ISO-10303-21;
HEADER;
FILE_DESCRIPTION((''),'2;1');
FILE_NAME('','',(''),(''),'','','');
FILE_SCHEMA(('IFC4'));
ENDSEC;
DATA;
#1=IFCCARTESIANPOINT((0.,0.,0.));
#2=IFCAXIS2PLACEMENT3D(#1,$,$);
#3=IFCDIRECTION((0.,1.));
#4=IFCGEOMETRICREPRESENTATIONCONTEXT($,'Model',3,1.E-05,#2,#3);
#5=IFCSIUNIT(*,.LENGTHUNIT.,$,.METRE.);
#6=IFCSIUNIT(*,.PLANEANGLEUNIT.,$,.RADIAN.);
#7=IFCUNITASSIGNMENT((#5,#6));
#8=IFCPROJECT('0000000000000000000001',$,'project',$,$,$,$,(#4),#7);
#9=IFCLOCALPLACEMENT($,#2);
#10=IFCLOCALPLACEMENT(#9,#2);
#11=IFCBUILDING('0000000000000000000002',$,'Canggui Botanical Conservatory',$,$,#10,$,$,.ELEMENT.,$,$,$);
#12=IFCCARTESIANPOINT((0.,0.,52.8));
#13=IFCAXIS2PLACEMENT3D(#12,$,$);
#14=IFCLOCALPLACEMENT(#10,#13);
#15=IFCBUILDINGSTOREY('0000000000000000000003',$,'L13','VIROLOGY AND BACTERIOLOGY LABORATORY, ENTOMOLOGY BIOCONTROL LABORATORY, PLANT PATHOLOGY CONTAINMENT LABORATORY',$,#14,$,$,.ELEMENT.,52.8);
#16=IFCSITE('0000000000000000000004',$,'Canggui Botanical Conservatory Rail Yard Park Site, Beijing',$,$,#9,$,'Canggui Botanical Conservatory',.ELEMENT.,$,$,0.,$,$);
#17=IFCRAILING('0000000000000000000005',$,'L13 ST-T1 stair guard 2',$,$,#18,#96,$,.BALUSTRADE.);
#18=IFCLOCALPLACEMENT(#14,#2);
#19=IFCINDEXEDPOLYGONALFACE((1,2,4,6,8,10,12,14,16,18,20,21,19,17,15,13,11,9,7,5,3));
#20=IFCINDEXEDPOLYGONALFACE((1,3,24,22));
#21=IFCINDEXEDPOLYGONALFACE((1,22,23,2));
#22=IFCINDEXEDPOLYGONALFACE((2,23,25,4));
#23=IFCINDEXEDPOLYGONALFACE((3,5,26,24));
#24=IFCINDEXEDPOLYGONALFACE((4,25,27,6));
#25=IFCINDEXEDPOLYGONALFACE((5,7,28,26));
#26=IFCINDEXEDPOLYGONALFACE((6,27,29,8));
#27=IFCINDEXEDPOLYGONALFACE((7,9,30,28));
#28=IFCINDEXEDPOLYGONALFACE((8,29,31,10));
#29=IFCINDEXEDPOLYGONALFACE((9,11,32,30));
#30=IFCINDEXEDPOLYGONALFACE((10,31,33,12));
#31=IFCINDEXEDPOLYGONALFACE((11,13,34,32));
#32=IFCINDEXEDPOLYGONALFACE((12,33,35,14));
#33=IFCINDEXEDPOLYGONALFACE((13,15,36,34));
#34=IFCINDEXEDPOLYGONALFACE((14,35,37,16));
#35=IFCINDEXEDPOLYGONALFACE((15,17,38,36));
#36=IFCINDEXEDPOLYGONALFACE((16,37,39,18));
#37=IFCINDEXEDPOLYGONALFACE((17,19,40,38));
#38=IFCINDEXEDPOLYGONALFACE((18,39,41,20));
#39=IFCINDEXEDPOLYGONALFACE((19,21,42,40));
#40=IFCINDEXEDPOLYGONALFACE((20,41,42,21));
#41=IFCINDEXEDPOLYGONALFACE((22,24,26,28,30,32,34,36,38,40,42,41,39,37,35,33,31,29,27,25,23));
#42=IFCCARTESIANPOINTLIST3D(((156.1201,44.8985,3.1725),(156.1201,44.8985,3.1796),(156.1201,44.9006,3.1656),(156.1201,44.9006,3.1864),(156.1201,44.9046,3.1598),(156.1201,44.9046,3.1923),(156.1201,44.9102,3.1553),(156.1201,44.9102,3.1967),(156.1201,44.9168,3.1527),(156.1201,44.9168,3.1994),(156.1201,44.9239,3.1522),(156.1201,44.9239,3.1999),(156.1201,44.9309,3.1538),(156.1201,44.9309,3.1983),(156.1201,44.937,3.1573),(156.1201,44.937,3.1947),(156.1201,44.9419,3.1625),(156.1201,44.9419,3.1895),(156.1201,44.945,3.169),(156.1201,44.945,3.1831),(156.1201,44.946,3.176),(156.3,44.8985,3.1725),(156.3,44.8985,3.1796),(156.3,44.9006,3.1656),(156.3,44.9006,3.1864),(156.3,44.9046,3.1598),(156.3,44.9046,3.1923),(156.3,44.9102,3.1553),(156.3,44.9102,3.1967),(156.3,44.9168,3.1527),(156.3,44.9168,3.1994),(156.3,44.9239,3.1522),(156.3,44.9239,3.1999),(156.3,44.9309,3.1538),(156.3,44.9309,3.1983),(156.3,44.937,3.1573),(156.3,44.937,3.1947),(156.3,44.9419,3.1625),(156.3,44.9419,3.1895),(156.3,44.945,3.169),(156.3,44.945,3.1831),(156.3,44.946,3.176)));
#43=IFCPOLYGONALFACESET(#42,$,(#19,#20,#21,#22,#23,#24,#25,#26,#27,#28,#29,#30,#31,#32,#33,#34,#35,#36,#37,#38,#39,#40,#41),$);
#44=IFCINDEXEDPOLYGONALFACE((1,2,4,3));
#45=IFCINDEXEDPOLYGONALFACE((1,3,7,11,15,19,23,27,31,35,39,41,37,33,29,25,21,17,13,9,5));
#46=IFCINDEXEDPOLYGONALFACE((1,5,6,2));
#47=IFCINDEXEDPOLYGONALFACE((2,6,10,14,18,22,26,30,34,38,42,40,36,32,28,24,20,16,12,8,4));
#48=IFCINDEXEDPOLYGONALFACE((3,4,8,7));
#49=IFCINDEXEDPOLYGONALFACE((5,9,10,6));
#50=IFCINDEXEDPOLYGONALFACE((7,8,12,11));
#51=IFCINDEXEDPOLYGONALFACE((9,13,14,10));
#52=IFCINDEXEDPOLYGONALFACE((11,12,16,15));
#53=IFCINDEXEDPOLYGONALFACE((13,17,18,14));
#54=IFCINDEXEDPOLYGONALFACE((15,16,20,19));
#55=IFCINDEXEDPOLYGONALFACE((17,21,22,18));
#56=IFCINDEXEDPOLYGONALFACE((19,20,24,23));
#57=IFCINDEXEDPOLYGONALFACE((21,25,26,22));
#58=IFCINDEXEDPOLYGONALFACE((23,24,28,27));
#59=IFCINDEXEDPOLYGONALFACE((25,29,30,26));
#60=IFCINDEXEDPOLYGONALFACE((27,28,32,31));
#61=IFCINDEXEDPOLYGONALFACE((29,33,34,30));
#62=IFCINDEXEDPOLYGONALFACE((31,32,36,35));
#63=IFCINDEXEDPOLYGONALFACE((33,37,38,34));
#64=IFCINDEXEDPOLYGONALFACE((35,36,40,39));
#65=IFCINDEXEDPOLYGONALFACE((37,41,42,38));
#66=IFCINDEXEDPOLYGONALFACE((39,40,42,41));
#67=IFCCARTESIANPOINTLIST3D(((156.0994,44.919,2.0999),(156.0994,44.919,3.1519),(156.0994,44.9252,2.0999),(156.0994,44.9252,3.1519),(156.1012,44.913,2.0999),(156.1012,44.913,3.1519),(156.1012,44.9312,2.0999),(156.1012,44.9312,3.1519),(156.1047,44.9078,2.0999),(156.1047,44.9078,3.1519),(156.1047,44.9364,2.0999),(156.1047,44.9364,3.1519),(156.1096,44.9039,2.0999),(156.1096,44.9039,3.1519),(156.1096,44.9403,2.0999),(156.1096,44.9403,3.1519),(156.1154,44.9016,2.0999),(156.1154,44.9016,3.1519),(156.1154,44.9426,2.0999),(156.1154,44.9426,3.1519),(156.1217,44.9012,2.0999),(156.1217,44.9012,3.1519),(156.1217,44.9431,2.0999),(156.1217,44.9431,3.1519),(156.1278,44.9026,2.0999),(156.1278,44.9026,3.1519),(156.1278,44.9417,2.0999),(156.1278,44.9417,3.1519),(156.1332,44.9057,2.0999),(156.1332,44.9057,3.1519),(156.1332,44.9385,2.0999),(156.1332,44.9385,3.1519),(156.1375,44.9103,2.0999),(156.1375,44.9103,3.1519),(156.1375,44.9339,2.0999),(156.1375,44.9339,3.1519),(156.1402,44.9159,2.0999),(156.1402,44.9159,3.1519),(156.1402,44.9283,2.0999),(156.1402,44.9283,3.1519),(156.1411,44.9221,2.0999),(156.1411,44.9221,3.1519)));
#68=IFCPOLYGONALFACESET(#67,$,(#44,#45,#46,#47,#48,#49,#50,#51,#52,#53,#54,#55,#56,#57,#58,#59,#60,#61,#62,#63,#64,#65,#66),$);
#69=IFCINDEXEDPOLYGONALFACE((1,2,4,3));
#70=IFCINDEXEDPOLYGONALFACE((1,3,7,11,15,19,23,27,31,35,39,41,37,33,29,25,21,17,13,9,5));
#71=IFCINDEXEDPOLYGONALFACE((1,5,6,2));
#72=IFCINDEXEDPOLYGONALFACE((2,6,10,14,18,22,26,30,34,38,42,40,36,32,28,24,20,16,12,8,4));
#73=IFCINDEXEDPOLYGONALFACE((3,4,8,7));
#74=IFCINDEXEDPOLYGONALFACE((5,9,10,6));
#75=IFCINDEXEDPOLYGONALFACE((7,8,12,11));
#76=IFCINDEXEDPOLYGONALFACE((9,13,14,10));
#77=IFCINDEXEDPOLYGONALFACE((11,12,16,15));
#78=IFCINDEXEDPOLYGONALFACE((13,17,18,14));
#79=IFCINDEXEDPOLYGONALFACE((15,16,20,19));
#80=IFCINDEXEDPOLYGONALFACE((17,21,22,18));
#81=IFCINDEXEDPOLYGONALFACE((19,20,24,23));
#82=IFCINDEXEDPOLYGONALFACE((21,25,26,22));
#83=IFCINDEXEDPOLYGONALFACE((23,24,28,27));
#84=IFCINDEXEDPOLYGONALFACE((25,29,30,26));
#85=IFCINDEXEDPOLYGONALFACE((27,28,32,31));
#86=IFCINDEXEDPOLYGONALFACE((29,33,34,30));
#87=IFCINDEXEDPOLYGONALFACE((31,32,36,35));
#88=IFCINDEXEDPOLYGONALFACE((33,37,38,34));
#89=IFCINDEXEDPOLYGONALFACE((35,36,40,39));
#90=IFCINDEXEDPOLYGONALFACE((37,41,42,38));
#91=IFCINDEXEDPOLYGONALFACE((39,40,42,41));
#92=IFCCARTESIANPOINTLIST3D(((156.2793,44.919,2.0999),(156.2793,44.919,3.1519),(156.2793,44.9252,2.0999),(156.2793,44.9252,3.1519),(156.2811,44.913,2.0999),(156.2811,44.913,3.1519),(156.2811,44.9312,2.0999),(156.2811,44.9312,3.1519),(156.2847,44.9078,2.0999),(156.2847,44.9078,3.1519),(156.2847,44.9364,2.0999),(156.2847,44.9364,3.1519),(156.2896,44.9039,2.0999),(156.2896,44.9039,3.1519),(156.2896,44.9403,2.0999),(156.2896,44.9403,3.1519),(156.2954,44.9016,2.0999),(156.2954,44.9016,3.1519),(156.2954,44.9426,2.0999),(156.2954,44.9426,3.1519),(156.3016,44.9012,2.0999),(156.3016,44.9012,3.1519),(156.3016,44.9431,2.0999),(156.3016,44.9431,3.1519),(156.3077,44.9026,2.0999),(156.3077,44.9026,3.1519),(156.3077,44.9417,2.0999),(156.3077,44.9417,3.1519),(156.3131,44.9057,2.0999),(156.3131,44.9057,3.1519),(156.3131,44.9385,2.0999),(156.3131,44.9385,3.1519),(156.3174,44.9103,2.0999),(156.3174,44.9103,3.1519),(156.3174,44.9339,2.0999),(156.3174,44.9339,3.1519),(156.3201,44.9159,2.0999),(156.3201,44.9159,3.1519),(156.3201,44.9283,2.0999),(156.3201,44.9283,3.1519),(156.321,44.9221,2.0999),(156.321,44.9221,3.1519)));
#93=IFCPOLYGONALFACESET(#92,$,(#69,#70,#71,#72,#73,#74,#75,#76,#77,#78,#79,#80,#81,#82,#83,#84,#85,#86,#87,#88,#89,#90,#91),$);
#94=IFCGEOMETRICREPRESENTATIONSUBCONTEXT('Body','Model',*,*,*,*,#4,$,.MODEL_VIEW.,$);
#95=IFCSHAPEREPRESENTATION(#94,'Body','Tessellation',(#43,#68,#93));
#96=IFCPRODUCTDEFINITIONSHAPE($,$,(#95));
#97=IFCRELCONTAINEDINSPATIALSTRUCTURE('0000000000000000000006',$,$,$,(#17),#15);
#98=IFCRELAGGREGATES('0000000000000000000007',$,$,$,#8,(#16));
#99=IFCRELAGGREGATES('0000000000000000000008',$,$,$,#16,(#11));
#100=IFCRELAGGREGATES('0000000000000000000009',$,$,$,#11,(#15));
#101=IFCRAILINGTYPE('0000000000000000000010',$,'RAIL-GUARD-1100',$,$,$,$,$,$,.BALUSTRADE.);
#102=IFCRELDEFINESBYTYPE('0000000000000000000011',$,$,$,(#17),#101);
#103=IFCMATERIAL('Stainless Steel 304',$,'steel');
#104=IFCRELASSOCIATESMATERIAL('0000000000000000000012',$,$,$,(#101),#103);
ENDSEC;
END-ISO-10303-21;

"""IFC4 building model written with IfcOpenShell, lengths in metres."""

from ifc_helpers import new_model, si_unit, direction, frame, origin, origin_2d, place, context, subcontext, project, spatial, circle, extrude, material, type_object, element, save


model = new_model("IFC4")

# Units and contexts
model_context = context("Model", 3, precision=1e-05, world=origin(), true_north=direction((0.0, 1.0)))
body_context = subcontext(model_context, "Body", "Model", "MODEL_VIEW")
ifc_project = project(units=[si_unit("LENGTHUNIT", "METRE"), si_unit("PLANEANGLEUNIT", "RADIAN")], contexts=[model_context])

# Site, building, storey
site_placement = place(None, origin())
site = spatial("IfcSite", under=ifc_project, at=site_placement, Name="Canggui Botanical Conservatory Rail Yard Park Site, Beijing", LongName="Canggui Botanical Conservatory", CompositionType="ELEMENT", RefElevation=0.0)
building_placement = place(site_placement, origin())
building = spatial("IfcBuilding", under=site, at=building_placement, Name="Canggui Botanical Conservatory", CompositionType="ELEMENT")
storey_placement = place(building_placement, frame((0.0, 0.0, 52.8)))
storey = spatial("IfcBuildingStorey", under=building, at=storey_placement, Name="L13", Description="VIROLOGY AND BACTERIOLOGY LABORATORY, ENTOMOLOGY BIOCONTROL LABORATORY, PLANT PATHOLOGY CONTAINMENT LABORATORY", CompositionType="ELEMENT", Elevation=52.8)

# Shared definitions
ifc_material_1 = material(Name="Stainless Steel 304", Category="steel")

# Railing
railing_type_1 = type_object("IfcRailingType", Name="RAIL-GUARD-1100", PredefinedType="BALUSTRADE", material=ifc_material_1)
railing_1_placement = place(storey_placement, frame((156.1201, 44.9221, 2.0999)))
element("IfcRailing", 1, at=railing_1_placement, inside=storey, type_object=railing_type_1, Name="L13 ST-T1 stair guard 2", PredefinedType="BALUSTRADE", context=body_context, shape_type="SweptSolid", body=[
    extrude(circle(Radius=0.0239, at=origin_2d()), frame((0.0, 0.0, 1.0762), z_axis=(1.0, 0.0, 0.0), x_axis=(0.0, 1.0, 0.0)), (0.0, 0.0, 1.0), 0.1799),
    extrude(circle(Radius=0.021, at=origin_2d()), origin(), (0.0, 0.0, 1.0), 1.052),
    extrude(circle(Radius=0.021, at=origin_2d()), frame((0.1799, 0.0, 0.0)), (0.0, 0.0, 1.0), 1.052),
])

save(model, "model.ifc")
